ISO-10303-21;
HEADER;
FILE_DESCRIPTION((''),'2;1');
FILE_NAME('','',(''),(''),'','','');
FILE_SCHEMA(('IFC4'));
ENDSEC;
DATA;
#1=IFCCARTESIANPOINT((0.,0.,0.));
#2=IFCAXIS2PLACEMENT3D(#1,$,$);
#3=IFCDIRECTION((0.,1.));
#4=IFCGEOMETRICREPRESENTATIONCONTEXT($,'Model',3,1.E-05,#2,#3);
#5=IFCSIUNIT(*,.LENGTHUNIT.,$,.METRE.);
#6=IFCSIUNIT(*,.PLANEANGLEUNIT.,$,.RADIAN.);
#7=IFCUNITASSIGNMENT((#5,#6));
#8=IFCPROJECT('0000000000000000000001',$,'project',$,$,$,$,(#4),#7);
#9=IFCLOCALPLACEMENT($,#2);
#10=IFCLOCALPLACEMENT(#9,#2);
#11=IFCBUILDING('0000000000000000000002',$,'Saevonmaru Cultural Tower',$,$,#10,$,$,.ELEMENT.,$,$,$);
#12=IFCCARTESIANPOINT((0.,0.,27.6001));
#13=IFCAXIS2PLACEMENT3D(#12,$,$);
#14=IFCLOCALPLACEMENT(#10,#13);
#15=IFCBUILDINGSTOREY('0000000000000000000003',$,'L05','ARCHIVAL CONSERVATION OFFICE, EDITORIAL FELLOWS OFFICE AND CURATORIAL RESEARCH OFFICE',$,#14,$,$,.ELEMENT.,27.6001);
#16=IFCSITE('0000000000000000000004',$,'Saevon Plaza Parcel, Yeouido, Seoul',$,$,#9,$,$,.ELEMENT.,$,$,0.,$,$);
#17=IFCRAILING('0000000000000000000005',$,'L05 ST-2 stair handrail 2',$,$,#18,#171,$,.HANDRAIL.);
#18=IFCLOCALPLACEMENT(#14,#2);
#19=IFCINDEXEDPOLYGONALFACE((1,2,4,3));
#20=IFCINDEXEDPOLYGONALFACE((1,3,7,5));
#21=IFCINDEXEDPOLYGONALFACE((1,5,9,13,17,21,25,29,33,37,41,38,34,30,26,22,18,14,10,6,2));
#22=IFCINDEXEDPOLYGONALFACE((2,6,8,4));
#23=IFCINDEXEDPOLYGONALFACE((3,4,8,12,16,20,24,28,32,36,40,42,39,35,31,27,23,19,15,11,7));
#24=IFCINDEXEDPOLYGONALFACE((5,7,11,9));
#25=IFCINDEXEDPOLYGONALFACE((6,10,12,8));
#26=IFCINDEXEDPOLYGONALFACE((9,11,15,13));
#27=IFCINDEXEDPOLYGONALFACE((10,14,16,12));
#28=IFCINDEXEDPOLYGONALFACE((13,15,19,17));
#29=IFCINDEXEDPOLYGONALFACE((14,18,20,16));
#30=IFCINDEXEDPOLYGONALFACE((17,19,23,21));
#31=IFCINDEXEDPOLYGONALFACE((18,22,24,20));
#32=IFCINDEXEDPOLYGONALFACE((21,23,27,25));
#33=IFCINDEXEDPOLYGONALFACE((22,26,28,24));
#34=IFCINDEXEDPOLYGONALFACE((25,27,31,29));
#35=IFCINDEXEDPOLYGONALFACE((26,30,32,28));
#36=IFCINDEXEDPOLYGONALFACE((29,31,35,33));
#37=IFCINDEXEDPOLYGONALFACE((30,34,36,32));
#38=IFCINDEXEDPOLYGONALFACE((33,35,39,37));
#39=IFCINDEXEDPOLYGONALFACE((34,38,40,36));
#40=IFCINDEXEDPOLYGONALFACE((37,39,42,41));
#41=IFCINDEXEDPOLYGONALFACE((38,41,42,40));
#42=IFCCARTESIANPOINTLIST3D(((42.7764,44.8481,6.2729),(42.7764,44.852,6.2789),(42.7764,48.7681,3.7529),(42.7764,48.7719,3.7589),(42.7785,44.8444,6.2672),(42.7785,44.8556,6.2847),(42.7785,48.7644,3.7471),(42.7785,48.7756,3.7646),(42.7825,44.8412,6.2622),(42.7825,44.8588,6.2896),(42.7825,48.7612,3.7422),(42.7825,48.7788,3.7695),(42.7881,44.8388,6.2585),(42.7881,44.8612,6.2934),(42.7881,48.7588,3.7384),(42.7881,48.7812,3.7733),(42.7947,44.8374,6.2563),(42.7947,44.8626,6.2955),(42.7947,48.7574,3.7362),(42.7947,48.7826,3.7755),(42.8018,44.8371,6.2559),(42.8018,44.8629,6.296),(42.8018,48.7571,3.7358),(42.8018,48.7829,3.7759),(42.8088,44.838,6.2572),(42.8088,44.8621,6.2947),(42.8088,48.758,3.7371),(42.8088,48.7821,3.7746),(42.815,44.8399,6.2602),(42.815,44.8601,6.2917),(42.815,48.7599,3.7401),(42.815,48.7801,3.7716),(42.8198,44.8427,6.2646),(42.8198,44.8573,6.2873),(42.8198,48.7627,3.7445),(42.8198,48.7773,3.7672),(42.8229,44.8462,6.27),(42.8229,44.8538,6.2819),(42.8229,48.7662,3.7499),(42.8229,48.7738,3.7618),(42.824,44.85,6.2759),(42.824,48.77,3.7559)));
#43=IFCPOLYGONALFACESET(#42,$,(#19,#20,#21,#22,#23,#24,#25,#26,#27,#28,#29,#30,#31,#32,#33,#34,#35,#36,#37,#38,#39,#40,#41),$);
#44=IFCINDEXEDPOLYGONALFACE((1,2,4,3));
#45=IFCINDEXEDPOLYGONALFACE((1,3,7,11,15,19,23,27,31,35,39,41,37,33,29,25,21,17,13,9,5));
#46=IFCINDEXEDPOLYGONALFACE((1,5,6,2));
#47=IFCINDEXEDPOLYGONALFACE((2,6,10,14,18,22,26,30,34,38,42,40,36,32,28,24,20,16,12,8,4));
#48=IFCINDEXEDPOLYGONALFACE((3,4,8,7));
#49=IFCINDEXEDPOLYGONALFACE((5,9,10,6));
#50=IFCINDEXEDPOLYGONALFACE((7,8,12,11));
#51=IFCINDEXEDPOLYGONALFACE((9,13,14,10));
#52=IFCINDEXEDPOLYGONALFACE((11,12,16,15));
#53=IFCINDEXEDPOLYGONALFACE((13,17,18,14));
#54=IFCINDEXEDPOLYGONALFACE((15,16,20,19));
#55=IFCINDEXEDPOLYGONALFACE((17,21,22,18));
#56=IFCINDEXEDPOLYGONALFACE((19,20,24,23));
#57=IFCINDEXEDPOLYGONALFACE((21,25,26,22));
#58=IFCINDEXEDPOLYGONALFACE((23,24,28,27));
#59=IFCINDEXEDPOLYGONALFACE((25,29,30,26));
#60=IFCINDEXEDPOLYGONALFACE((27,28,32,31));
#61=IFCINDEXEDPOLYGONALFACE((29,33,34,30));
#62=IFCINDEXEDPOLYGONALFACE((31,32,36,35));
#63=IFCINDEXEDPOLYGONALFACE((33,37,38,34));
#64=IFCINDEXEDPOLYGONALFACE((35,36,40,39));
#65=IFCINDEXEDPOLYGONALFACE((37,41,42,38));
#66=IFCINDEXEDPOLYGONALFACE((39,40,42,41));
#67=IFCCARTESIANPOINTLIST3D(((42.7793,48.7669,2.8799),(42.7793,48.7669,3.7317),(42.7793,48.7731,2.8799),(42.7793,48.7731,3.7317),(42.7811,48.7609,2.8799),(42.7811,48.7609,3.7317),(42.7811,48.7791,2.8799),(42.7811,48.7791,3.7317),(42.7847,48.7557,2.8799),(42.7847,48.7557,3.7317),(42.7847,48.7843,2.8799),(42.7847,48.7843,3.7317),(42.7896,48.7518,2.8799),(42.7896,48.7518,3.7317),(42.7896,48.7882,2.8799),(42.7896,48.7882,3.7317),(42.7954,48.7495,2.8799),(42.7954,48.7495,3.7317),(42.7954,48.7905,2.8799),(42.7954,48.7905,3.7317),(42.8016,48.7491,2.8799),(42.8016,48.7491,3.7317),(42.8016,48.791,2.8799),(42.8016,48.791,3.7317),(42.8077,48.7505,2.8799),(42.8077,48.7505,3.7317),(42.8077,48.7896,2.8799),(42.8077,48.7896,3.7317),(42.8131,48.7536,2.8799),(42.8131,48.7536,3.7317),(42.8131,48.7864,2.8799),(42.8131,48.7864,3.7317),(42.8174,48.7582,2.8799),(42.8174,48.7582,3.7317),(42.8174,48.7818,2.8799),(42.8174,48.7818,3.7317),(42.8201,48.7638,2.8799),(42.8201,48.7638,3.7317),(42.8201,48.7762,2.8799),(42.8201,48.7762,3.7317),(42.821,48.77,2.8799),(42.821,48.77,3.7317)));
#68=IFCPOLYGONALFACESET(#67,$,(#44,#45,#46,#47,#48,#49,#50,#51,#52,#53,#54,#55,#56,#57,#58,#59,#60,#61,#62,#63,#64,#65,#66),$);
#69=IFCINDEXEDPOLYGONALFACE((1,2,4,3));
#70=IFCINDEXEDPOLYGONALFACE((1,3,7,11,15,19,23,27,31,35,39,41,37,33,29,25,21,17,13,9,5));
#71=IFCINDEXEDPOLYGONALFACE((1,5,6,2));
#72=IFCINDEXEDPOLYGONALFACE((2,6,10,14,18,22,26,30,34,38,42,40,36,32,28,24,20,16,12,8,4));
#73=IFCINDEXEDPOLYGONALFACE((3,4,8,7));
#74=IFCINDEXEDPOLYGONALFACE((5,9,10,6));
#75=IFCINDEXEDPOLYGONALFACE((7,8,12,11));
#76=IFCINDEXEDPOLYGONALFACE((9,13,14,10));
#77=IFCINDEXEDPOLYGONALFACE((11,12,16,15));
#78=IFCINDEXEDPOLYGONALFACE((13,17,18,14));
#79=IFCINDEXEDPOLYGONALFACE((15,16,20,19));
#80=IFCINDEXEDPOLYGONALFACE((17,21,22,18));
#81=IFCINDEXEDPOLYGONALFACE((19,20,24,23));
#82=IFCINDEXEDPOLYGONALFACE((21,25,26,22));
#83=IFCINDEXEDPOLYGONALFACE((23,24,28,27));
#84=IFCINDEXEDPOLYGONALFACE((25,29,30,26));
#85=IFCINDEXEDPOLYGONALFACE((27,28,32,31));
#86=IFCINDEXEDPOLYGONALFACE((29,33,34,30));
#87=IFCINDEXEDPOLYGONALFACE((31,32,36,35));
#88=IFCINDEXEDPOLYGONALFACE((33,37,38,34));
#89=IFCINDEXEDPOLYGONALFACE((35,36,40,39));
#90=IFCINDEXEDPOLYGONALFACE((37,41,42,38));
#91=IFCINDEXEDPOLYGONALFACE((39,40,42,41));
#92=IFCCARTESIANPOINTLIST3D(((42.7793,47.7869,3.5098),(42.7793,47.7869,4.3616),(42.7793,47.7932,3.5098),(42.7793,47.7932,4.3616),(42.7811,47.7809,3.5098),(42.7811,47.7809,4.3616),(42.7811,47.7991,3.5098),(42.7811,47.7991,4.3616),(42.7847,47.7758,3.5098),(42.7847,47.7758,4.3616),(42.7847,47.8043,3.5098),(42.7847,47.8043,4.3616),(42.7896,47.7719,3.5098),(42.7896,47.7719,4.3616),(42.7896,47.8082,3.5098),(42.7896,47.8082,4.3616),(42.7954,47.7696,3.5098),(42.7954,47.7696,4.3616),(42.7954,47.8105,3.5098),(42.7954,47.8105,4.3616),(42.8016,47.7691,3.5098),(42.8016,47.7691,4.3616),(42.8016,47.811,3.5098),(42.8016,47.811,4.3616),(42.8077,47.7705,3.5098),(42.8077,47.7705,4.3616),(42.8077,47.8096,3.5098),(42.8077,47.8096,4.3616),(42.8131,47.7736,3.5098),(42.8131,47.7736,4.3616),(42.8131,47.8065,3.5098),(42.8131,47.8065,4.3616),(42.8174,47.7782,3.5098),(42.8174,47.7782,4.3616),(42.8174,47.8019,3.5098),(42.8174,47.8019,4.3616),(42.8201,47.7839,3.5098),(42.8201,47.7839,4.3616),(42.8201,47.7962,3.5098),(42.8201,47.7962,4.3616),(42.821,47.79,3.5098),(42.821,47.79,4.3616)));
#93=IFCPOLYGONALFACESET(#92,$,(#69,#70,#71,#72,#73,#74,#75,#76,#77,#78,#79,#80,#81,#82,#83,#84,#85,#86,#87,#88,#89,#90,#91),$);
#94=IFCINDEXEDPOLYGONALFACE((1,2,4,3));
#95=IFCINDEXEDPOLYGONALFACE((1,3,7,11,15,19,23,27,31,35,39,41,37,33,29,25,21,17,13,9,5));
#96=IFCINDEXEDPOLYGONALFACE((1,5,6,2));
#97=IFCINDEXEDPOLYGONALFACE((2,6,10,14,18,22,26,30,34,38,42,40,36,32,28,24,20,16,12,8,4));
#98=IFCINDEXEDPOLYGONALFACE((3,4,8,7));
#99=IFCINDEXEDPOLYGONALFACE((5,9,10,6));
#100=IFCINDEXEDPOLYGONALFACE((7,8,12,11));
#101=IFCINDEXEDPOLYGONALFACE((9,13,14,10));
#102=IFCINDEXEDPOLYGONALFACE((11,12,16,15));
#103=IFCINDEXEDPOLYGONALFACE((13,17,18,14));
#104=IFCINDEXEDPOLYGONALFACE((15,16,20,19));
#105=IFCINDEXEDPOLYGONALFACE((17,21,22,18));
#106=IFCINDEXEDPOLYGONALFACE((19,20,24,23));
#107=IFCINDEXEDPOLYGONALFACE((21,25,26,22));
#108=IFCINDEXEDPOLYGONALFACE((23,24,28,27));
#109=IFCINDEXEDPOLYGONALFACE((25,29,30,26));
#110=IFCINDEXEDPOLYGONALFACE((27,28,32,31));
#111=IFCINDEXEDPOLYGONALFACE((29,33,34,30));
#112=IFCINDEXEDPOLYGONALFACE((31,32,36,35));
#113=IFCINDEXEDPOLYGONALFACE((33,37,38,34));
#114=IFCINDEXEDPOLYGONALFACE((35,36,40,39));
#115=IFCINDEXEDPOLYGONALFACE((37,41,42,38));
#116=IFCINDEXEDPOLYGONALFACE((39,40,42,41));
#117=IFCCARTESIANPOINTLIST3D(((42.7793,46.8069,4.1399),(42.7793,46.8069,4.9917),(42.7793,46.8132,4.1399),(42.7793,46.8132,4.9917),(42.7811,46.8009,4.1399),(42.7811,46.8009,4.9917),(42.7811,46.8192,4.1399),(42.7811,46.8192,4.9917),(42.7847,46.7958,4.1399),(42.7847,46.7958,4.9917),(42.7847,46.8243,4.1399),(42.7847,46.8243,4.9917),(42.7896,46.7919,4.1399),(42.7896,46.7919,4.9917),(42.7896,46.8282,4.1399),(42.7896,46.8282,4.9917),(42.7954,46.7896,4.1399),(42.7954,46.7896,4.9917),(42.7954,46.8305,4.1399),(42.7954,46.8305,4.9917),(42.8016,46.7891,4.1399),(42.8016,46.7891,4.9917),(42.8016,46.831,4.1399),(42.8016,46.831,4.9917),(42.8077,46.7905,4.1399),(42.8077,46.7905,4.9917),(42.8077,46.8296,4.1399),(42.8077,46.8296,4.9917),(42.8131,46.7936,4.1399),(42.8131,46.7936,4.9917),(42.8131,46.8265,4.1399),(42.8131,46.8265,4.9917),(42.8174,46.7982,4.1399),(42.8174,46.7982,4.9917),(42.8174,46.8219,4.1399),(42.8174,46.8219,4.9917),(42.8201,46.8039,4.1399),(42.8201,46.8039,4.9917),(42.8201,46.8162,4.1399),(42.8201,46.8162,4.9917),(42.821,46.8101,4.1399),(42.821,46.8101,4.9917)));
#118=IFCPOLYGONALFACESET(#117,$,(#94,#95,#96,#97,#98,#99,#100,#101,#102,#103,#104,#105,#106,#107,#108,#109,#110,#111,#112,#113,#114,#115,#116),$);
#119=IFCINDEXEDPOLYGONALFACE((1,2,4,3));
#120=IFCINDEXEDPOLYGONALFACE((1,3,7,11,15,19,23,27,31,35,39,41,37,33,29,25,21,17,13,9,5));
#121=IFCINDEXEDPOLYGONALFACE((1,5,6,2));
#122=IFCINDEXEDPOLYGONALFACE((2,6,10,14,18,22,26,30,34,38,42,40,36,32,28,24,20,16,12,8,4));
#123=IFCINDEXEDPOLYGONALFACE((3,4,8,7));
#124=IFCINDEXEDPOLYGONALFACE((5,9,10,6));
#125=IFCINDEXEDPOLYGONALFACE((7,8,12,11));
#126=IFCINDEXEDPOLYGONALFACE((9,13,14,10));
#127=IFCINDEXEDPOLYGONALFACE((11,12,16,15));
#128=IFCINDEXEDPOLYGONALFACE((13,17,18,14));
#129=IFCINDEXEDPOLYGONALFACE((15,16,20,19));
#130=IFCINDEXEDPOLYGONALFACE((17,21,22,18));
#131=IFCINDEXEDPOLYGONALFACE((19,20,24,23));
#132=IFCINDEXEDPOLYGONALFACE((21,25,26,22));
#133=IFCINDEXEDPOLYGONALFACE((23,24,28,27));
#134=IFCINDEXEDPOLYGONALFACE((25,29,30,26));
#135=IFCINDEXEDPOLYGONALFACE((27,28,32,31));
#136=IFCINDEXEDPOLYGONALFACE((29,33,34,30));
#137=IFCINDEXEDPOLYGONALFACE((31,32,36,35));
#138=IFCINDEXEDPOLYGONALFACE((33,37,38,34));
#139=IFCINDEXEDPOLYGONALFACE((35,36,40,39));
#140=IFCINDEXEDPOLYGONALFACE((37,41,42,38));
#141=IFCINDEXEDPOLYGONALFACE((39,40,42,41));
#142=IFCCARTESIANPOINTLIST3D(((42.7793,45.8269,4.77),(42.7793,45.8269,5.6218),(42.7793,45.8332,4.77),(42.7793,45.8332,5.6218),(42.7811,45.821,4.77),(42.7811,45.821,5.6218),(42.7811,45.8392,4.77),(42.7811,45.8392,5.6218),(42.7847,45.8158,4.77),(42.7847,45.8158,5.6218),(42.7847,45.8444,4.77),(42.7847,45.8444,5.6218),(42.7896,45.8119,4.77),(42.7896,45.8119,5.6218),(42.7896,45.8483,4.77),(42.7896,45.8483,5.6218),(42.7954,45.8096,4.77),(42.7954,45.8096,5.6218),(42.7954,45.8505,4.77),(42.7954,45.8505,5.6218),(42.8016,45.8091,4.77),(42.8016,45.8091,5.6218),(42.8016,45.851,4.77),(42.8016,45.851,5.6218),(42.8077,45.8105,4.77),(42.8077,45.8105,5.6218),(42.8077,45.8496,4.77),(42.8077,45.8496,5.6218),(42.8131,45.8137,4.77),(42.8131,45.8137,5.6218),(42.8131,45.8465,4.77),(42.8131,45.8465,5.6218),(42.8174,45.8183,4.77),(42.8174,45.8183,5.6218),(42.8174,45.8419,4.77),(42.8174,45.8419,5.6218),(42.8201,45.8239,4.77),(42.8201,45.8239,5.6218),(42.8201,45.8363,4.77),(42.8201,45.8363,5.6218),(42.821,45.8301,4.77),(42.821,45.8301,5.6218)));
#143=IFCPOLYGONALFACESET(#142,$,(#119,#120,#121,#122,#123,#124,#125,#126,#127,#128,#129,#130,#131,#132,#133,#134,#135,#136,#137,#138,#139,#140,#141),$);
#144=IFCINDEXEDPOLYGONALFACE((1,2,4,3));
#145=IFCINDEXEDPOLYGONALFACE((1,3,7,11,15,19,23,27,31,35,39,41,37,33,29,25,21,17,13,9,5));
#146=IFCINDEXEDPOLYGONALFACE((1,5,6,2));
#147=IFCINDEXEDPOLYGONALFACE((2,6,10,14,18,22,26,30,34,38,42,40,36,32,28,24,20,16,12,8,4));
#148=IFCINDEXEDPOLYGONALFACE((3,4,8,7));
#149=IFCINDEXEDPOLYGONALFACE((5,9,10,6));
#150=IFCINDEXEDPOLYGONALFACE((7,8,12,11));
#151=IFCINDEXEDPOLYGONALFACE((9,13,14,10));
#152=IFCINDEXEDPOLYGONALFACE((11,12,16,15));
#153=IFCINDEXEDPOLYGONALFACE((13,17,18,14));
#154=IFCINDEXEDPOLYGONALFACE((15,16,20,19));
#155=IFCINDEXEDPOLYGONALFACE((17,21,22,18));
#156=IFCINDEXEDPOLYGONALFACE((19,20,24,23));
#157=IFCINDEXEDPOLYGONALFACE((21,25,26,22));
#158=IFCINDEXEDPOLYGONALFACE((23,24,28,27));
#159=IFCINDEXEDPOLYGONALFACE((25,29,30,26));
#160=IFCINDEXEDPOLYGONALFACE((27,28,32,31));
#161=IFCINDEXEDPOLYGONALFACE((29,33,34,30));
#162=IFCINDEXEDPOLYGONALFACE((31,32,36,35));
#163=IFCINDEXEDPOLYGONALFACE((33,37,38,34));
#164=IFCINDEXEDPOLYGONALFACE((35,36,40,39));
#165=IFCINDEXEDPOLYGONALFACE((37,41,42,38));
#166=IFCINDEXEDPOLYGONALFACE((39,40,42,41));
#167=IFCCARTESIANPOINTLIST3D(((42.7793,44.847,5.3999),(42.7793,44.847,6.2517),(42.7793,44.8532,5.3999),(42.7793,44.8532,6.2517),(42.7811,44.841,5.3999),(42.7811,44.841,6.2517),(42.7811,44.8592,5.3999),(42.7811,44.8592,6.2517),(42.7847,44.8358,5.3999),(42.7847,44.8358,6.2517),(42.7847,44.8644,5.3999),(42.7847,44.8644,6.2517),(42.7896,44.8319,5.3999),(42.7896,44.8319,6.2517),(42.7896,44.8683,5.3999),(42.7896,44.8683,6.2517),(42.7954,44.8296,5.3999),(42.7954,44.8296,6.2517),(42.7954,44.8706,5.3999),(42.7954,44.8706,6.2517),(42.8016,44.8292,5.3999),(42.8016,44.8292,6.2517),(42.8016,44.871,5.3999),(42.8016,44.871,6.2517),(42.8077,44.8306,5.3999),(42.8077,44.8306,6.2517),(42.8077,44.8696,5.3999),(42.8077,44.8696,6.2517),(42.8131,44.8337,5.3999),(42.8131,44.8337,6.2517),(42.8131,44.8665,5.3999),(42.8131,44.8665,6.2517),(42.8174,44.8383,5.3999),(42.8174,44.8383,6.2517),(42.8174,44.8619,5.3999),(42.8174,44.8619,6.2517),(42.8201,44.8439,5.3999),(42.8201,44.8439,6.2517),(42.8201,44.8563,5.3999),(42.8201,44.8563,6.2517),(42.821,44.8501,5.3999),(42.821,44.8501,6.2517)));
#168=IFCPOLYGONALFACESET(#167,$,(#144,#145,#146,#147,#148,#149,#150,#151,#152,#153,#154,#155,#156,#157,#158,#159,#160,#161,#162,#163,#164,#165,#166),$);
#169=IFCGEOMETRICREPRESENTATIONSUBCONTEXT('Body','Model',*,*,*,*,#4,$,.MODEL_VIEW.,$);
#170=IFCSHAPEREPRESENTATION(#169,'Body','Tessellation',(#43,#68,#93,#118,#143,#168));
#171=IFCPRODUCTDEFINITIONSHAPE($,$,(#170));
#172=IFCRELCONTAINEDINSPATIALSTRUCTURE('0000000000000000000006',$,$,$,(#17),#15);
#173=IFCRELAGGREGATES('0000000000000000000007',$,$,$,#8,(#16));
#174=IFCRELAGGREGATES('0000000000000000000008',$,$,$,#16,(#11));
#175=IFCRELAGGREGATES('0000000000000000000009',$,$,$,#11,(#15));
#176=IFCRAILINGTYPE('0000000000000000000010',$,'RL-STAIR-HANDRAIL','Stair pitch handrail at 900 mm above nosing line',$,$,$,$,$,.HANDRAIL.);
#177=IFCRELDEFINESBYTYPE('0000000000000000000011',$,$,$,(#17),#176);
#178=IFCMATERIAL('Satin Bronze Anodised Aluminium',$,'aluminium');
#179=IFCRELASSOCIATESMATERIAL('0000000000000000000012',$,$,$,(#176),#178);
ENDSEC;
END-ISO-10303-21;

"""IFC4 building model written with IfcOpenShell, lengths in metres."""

from ifc_helpers import new_model, si_unit, direction, frame, origin, origin_2d, place, context, subcontext, project, spatial, circle, extrude, material, type_object, element, save


model = new_model("IFC4")

# Units and contexts
model_context = context("Model", 3, precision=1e-05, world=origin(), true_north=direction((0.0, 1.0)))
body_context = subcontext(model_context, "Body", "Model", "MODEL_VIEW")
ifc_project = project(units=[si_unit("LENGTHUNIT", "METRE"), si_unit("PLANEANGLEUNIT", "RADIAN")], contexts=[model_context])

# Site, building, storey
site_placement = place(None, origin())
site = spatial("IfcSite", under=ifc_project, at=site_placement, Name="Saevon Plaza Parcel, Yeouido, Seoul", CompositionType="ELEMENT", RefElevation=0.0)
building_placement = place(site_placement, origin())
building = spatial("IfcBuilding", under=site, at=building_placement, Name="Saevonmaru Cultural Tower", CompositionType="ELEMENT")
storey_placement = place(building_placement, frame((0.0, 0.0, 27.6001)))
storey = spatial("IfcBuildingStorey", under=building, at=storey_placement, Name="L05", Description="ARCHIVAL CONSERVATION OFFICE, EDITORIAL FELLOWS OFFICE AND CURATORIAL RESEARCH OFFICE", CompositionType="ELEMENT", Elevation=27.6001)

# Shared definitions
ifc_material_1 = material(Name="Satin Bronze Anodised Aluminium", Category="aluminium")

# Railing
railing_type_1 = type_object("IfcRailingType", Name="RL-STAIR-HANDRAIL", Description="Stair pitch handrail at 900 mm above nosing line", PredefinedType="HANDRAIL", material=ifc_material_1)
railing_1_placement = place(storey_placement, frame((42.8, 48.77, 2.8799)))
element("IfcRailing", 1, at=railing_1_placement, inside=storey, type_object=railing_type_1, Name="L05 ST-2 stair handrail 2", PredefinedType="HANDRAIL", context=body_context, shape_type="SweptSolid", body=[
    extrude(circle(Radius=0.0239, at=origin_2d()), frame((0.0, 0.0, 0.876), z_axis=(0.0, -0.841172, 0.540768), x_axis=(1.0, 0.0, 0.0)), (0.0, 0.0, 1.0), 4.6602),
    extrude(circle(Radius=0.021, at=origin_2d()), origin(), (0.0, 0.0, 1.0), 0.8518),
    extrude(circle(Radius=0.021, at=origin_2d()), frame((0.0, -0.98, 0.6299)), (0.0, 0.0, 1.0), 0.8518),
    extrude(circle(Radius=0.021, at=origin_2d()), frame((0.0, -1.96, 1.26)), (0.0, 0.0, 1.0), 0.8518),
    extrude(circle(Radius=0.021, at=origin_2d()), frame((0.0, -2.9399, 1.8901)), (0.0, 0.0, 1.0), 0.8518),
    extrude(circle(Radius=0.021, at=origin_2d()), frame((0.0, -3.9199, 2.52)), (0.0, 0.0, 1.0), 0.8518),
])

save(model, "model.ifc")
